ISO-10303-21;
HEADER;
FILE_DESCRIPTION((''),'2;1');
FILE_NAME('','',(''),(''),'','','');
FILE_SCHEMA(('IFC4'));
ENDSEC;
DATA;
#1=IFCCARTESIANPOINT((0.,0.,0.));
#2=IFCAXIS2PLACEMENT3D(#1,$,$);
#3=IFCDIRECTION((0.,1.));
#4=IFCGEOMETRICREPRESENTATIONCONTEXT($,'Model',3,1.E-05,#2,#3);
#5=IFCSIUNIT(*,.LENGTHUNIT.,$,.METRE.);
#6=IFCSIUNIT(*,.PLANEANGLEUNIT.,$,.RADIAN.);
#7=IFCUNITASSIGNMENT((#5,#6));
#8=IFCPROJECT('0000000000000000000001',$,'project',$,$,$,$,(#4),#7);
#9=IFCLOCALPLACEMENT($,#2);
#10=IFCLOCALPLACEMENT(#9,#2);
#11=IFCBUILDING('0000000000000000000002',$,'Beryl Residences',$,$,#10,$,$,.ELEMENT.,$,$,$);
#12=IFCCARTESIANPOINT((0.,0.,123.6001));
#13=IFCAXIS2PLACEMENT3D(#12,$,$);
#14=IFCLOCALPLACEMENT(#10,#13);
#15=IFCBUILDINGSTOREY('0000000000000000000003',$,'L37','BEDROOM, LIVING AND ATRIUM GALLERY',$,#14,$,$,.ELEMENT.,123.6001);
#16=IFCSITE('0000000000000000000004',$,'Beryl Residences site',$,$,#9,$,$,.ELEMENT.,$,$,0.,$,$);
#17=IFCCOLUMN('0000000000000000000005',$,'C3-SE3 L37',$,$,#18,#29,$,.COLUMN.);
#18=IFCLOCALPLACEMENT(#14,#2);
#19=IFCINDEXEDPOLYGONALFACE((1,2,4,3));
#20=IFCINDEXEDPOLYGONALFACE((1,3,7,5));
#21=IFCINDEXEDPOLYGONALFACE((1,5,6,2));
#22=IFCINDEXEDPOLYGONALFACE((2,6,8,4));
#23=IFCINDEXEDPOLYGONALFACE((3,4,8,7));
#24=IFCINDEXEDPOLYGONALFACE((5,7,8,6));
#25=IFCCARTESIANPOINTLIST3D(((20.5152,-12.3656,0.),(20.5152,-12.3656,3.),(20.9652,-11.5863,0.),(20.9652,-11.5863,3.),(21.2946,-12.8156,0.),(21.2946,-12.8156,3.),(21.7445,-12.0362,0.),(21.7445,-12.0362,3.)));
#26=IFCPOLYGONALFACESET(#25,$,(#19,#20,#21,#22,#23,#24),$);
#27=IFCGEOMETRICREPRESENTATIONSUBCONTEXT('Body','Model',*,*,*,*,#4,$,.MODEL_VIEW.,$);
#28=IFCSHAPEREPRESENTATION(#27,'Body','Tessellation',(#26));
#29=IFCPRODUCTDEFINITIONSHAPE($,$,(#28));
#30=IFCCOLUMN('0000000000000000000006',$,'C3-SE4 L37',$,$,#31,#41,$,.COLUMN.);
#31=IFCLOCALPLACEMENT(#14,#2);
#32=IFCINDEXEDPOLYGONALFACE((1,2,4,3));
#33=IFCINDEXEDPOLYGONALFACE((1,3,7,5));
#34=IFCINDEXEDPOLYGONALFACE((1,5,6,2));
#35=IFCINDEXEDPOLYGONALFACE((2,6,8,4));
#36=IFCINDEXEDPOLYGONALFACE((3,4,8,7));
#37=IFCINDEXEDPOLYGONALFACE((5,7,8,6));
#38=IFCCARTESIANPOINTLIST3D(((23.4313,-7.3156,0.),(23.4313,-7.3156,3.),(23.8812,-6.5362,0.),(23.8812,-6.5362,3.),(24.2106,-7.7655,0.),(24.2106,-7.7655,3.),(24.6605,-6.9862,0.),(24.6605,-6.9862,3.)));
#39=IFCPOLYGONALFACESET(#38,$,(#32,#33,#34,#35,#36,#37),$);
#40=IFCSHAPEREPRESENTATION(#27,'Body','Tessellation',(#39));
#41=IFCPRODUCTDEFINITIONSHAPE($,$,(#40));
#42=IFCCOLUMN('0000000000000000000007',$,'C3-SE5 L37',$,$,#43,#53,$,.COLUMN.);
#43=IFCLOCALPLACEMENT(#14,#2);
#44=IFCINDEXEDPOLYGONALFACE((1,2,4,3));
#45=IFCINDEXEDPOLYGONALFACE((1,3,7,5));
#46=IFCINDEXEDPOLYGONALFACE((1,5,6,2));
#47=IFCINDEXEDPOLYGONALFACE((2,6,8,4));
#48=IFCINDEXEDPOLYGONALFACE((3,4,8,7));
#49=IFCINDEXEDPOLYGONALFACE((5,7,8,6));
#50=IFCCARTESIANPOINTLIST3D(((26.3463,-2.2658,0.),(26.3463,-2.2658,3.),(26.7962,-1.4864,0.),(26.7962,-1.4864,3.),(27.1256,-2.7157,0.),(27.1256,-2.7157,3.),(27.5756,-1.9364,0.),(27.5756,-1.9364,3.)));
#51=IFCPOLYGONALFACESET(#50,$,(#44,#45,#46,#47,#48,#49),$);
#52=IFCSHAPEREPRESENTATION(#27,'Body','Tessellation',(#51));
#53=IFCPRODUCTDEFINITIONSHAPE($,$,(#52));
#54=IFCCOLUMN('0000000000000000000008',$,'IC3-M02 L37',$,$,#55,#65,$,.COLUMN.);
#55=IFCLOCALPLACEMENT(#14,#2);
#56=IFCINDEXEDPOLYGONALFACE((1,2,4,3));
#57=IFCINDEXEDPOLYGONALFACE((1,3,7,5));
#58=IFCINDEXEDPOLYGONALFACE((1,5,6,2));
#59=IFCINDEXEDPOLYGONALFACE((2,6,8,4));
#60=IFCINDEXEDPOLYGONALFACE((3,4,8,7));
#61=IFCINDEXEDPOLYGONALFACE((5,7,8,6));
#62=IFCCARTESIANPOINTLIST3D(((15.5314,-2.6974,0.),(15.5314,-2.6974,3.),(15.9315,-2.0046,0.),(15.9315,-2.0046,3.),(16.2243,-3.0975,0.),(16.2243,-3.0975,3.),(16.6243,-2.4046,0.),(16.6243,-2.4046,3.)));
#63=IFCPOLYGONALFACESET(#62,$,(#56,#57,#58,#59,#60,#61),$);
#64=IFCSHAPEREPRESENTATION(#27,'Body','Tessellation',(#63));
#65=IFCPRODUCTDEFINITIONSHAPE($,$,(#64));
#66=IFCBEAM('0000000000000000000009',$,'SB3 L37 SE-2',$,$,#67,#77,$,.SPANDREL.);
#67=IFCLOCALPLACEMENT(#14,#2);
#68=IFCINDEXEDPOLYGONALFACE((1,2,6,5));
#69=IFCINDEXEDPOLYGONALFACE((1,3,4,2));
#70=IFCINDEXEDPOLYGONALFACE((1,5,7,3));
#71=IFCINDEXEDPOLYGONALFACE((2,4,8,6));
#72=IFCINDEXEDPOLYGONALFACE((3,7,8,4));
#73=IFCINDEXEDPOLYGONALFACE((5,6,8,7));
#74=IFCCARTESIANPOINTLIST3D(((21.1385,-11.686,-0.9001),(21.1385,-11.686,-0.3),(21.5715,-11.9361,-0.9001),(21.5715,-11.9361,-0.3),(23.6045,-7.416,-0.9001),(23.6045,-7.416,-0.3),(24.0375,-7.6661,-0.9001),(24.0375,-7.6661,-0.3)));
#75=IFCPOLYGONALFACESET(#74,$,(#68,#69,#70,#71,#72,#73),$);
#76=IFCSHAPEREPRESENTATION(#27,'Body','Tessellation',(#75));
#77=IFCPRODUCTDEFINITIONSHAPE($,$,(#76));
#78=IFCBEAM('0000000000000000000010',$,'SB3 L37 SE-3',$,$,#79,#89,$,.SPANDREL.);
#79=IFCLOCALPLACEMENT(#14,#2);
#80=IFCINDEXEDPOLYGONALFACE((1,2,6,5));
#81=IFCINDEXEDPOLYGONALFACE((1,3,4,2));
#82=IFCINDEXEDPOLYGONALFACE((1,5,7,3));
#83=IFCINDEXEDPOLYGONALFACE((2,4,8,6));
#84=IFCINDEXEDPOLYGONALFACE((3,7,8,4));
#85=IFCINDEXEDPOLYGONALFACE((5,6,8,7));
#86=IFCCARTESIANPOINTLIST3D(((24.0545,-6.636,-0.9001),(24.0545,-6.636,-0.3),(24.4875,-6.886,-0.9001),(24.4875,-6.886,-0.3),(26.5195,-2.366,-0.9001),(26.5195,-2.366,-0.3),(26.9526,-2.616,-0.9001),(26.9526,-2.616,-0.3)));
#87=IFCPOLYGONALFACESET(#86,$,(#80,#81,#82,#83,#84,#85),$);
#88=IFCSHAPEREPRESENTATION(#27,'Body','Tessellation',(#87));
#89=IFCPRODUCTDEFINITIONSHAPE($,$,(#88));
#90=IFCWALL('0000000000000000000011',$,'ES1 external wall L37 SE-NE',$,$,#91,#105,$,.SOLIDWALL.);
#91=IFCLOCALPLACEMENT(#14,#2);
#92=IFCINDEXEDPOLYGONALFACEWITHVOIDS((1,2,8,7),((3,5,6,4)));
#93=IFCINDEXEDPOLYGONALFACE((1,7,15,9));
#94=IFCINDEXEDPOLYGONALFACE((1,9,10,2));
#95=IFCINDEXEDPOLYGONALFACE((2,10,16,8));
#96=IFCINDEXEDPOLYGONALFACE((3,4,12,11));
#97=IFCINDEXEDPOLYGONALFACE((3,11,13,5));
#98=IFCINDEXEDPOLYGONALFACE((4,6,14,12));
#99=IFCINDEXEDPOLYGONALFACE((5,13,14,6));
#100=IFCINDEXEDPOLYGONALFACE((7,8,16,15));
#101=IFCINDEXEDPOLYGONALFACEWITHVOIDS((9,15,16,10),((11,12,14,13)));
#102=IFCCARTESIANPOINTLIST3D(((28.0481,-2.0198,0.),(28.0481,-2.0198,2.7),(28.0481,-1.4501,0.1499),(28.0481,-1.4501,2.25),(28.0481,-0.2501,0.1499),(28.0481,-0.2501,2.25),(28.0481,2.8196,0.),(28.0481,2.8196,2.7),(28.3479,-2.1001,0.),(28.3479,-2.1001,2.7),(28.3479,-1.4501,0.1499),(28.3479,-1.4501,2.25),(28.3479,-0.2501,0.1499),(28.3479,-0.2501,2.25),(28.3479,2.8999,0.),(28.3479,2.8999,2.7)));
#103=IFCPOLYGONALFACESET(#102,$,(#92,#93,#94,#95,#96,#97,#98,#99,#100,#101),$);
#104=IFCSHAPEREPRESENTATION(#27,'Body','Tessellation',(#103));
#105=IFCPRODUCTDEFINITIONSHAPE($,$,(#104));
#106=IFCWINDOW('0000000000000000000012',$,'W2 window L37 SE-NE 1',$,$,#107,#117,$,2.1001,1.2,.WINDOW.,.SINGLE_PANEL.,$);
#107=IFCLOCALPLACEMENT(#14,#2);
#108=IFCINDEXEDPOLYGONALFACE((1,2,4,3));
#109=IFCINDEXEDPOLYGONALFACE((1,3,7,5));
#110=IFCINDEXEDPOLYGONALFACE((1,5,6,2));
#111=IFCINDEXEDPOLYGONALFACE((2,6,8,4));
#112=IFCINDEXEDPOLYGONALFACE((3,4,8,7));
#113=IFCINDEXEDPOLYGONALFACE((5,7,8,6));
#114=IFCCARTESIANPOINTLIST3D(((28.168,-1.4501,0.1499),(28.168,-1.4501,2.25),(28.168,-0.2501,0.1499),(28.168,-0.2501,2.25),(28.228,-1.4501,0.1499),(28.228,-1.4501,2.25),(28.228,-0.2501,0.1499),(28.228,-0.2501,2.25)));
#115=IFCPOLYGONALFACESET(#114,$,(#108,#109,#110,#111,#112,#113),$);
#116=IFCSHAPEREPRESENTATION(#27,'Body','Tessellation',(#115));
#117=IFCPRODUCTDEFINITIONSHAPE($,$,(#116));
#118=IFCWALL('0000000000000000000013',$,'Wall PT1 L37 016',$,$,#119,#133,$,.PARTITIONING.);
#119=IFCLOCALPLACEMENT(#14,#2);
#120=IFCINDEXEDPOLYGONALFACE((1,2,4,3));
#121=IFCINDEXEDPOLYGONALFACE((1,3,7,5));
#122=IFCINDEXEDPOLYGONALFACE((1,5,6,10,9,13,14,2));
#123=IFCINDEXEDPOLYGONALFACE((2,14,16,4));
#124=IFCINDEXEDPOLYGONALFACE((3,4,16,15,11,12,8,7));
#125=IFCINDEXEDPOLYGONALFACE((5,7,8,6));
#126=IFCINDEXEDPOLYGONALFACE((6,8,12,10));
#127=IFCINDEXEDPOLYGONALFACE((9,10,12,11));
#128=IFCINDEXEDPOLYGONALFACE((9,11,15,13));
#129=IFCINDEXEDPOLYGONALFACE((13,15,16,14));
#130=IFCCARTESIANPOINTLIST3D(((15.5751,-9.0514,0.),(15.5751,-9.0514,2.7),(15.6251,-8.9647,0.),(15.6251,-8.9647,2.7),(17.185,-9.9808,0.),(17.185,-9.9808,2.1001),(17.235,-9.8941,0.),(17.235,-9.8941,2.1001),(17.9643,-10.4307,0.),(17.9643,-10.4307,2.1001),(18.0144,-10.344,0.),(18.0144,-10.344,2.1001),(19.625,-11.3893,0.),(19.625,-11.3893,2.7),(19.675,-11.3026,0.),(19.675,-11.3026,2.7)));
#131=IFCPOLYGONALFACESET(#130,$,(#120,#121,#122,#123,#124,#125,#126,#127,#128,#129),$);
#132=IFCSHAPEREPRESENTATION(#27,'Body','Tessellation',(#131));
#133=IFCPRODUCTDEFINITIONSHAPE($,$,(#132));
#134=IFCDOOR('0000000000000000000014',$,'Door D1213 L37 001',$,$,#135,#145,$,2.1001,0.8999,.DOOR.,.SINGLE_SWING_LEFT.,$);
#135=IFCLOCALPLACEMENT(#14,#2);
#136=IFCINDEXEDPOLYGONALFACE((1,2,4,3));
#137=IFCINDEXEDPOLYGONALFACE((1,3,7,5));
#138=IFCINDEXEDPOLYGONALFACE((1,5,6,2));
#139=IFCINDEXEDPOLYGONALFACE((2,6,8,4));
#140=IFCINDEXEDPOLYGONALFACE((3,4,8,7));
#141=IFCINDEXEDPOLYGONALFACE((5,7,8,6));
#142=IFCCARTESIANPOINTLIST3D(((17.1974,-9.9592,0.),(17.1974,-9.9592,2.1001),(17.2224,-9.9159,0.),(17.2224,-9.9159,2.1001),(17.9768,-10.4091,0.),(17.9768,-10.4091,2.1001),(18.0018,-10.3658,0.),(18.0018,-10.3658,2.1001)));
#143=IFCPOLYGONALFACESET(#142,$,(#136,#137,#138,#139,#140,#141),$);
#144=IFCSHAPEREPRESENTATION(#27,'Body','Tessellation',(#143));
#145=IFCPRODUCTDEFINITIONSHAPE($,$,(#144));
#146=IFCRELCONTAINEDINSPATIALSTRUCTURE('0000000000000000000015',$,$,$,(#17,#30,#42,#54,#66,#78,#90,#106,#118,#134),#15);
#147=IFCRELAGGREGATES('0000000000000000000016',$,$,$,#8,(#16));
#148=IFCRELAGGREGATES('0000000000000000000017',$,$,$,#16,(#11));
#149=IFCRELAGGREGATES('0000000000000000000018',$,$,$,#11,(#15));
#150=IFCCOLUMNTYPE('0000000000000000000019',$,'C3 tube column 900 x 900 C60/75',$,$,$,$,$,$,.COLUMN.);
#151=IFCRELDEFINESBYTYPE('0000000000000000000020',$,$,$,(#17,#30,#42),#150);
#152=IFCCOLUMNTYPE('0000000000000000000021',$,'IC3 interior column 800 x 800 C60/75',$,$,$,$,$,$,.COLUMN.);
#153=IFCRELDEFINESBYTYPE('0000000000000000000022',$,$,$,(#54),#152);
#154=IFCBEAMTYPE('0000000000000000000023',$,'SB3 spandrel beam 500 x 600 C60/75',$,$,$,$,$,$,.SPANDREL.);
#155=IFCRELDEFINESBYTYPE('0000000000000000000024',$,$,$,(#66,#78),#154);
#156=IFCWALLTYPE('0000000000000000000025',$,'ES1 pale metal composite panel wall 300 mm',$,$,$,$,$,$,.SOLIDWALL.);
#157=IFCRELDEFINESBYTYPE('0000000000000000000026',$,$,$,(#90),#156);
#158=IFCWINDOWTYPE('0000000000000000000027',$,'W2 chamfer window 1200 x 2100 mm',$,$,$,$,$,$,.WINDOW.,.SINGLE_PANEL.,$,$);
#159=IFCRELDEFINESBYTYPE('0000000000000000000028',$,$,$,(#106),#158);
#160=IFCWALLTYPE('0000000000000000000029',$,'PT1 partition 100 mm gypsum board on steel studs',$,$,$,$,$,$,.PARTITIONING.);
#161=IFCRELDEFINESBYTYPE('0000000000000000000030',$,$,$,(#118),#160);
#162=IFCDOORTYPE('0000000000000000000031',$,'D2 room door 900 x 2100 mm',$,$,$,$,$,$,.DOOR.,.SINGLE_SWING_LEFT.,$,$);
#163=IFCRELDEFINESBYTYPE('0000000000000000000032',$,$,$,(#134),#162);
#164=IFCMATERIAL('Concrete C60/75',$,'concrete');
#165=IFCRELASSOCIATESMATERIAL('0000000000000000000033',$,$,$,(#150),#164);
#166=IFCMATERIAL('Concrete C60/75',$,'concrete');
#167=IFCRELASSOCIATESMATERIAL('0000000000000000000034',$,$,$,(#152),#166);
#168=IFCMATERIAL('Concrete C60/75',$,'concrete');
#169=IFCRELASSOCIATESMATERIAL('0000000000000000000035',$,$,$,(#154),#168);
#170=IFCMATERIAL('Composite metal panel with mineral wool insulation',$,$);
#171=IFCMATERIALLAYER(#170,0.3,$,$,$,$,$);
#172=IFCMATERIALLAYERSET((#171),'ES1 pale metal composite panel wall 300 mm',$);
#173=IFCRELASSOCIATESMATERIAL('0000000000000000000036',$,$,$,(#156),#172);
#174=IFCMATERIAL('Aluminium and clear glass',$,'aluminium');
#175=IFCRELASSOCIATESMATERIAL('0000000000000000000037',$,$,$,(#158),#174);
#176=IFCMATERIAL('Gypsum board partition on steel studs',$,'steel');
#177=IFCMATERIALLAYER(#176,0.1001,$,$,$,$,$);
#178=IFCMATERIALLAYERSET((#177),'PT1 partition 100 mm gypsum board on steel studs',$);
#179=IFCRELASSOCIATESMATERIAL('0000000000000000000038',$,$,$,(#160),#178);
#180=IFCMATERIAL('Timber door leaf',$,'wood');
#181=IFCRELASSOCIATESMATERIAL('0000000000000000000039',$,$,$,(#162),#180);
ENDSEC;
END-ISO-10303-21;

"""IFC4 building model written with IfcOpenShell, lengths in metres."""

from ifc_helpers import new_model, si_unit, direction, frame, frame_2d, origin, origin_2d, place, context, subcontext, project, spatial, polyline, rectangle, outline, extrude, material, layer, layer_set, material_profile, profile_set, type_object, element, fill, save


model = new_model("IFC4")

# Units and contexts
model_context = context("Model", 3, precision=1e-05, world=origin(), true_north=direction((0.0, 1.0)))
body_context = subcontext(model_context, "Body", "Model", "MODEL_VIEW")
ifc_project = project(units=[si_unit("LENGTHUNIT", "METRE"), si_unit("PLANEANGLEUNIT", "RADIAN")], contexts=[model_context])

# Site, building, storey
site_placement = place(None, origin())
site = spatial("IfcSite", under=ifc_project, at=site_placement, Name="Beryl Residences site", CompositionType="ELEMENT", RefElevation=0.0)
building_placement = place(site_placement, origin())
building = spatial("IfcBuilding", under=site, at=building_placement, Name="Beryl Residences", CompositionType="ELEMENT")
storey_placement = place(building_placement, frame((0.0, 0.0, 123.6001)))
storey = spatial("IfcBuildingStorey", under=building, at=storey_placement, Name="L37", Description="BEDROOM, LIVING AND ATRIUM GALLERY", CompositionType="ELEMENT", Elevation=123.6001)

# Columns
ifc_material_1 = material(Name="Concrete C60/75", Category="concrete")
ifc_material_profile_1 = material_profile(ifc_material_1, rectangle(XDim=0.8999, YDim=0.8999, at=origin_2d()))
ifc_profile_set_1 = profile_set([ifc_material_profile_1], Name="Concrete C60/75")
column_type_1 = type_object("IfcColumnType", Name="C3 tube column 900 x 900 C60/75", PredefinedType="COLUMN", material=ifc_profile_set_1)
for number, where, z_axis, x_axis, name in (
    (1, (21.1299, -12.2009, 0.0), (0.0, 0.0, 1.0), (0.5, 0.866025, 0.0), "C3-SE3 L37"),
    (2, (24.0459, -7.1509, 0.0), (0.0, 0.0, 1.0), (0.5, 0.866025, 0.0), "C3-SE4 L37"),
    (3, (26.9609, -2.1011, 0.0), (0.0, 0.0, 1.0), (0.5, 0.866025, 0.0), "C3-SE5 L37"),
):
    element("IfcColumn", number, at=place(storey_placement, frame(where, z_axis=z_axis, x_axis=x_axis)), inside=storey, type_object=column_type_1, Name=name, PredefinedType="COLUMN", context=body_context, shape_type="SweptSolid", body=[
        extrude(rectangle(XDim=0.8999, YDim=0.8999, at=origin_2d()), origin(), (0.0, 0.0, 1.0), 3.0),
    ])
ifc_material_2 = material(Name="Concrete C60/75", Category="concrete")
ifc_material_profile_2 = material_profile(ifc_material_2, rectangle(XDim=0.8, YDim=0.8, at=origin_2d()))
ifc_profile_set_2 = profile_set([ifc_material_profile_2], Name="Concrete C60/75")
column_type_2 = type_object("IfcColumnType", Name="IC3 interior column 800 x 800 C60/75", PredefinedType="COLUMN", material=ifc_profile_set_2)
column_placement = place(storey_placement, frame((16.0779, -2.551, 0.0), z_axis=(0.0, 0.0, 1.0), x_axis=(0.5, 0.866025, 0.0)))
element("IfcColumn", 4, at=column_placement, inside=storey, type_object=column_type_2, Name="IC3-M02 L37", PredefinedType="COLUMN", context=body_context, shape_type="SweptSolid", body=[
    extrude(rectangle(XDim=0.8, YDim=0.8, at=origin_2d()), origin(), (0.0, 0.0, 1.0), 3.0),
])

# Beams
ifc_material_3 = material(Name="Concrete C60/75", Category="concrete")
ifc_material_profile_3 = material_profile(ifc_material_3, rectangle(XDim=0.5, YDim=0.6001, at=origin_2d()))
ifc_profile_set_3 = profile_set([ifc_material_profile_3], Name="Concrete C60/75")
beam_type = type_object("IfcBeamType", Name="SB3 spandrel beam 500 x 600 C60/75", PredefinedType="SPANDREL", material=ifc_profile_set_3)
beam_1_placement = place(storey_placement, frame((21.355, -11.811, -0.6001), z_axis=(0.500117, 0.865958, 0.0), x_axis=(-0.865958, 0.500117, 0.0)))
element("IfcBeam", 5, at=beam_1_placement, inside=storey, type_object=beam_type, Name="SB3 L37 SE-2", PredefinedType="SPANDREL", context=body_context, shape_type="SweptSolid", body=[
    extrude(rectangle(XDim=0.5, YDim=0.6001, at=origin_2d()), origin(), (0.0, 0.0, 1.0), 4.9309),
])
beam_2_placement = place(storey_placement, frame((24.271, -6.761, -0.6001), z_axis=(0.499968, 0.866044, 0.0), x_axis=(-0.866044, 0.499968, 0.0)))
element("IfcBeam", 6, at=beam_2_placement, inside=storey, type_object=beam_type, Name="SB3 L37 SE-3", PredefinedType="SPANDREL", context=body_context, shape_type="SweptSolid", body=[
    extrude(rectangle(XDim=0.5, YDim=0.6001, at=origin_2d()), origin(), (0.0, 0.0, 1.0), 4.9304),
])

# Wall, opening, window
ifc_material_4 = material(Name="Composite metal panel with mineral wool insulation")
ifc_layer_1 = layer(ifc_material_4, 0.3)
ifc_layer_set_1 = layer_set([ifc_layer_1], Name="ES1 pale metal composite panel wall 300 mm")
wall_type_1 = type_object("IfcWallType", Name="ES1 pale metal composite panel wall 300 mm", PredefinedType="SOLIDWALL", material=ifc_layer_set_1)
wall_1_placement = place(storey_placement, frame((28.198, -2.1001, 0.0), z_axis=(0.0, 0.0, 1.0), x_axis=(0.0, 1.0, 0.0)))
wall_1 = element("IfcWall", 7, at=wall_1_placement, inside=storey, type_object=wall_type_1, Name="ES1 external wall L37 SE-NE", PredefinedType="SOLIDWALL", context=body_context, shape_type="SweptSolid", body=[
    extrude(outline(polyline([(0.0, -0.1499), (5.0, -0.1499), (4.9197, 0.1499), (0.0803, 0.1499), (0.0, -0.1499)])), origin(), (0.0, 0.0, 1.0), 2.7),
])
opening_1_placement = place(wall_1_placement, frame((0.6499, 0.0, 0.1499)))
opening_1 = element("IfcOpeningElement", 8, at=opening_1_placement, cuts=wall_1, PredefinedType="OPENING", context=body_context, shape_type="SweptSolid", body=[
    extrude(rectangle(XDim=1.2, YDim=2.1001, at=frame_2d((0.6001, 1.05))), frame((0.0, 0.1599, 0.0), z_axis=(0.0, -1.0, 0.0), x_axis=(1.0, 0.0, 0.0)), (0.0, 0.0, 1.0), 0.3201),
])
ifc_material_5 = material(Name="Aluminium and clear glass", Category="aluminium")
window_type = type_object("IfcWindowType", Name="W2 chamfer window 1200 x 2100 mm", PartitioningType="SINGLE_PANEL", PredefinedType="WINDOW", material=ifc_material_5)
window_placement = place(opening_1_placement, origin())
window = element("IfcWindow", 9, at=window_placement, inside=storey, type_object=window_type, Name="W2 window L37 SE-NE 1", OverallHeight=2.1001, OverallWidth=1.2, PartitioningType="SINGLE_PANEL", PredefinedType="WINDOW", context=body_context, shape_type="SweptSolid", body=[
    extrude(rectangle(XDim=1.2, YDim=2.1001, at=frame_2d((0.6001, 1.05))), frame((0.0, 0.03, 0.0), z_axis=(0.0, -1.0, 0.0), x_axis=(1.0, 0.0, 0.0)), (0.0, 0.0, 1.0), 0.0601),
])
fill(opening_1, window)

# Wall, opening, door
ifc_material_6 = material(Name="Gypsum board partition on steel studs", Category="steel")
ifc_layer_2 = layer(ifc_material_6, 0.1001)
ifc_layer_set_2 = layer_set([ifc_layer_2], Name="PT1 partition 100 mm gypsum board on steel studs")
wall_type_2 = type_object("IfcWallType", Name="PT1 partition 100 mm gypsum board on steel studs", PredefinedType="PARTITIONING", material=ifc_layer_set_2)
wall_2_placement = place(storey_placement, frame((15.6001, -9.0081, 0.0), z_axis=(0.0, 0.0, 1.0), x_axis=(0.86605, -0.499957, 0.0)))
wall_2 = element("IfcWall", 10, at=wall_2_placement, inside=storey, type_object=wall_type_2, Name="Wall PT1 L37 016", PredefinedType="PARTITIONING", context=body_context, shape_type="SweptSolid", body=[
    extrude(rectangle(XDim=4.6763, YDim=0.1001, at=frame_2d((2.3381, 0.0))), origin(), (0.0, 0.0, 1.0), 2.7),
])
opening_2_placement = place(wall_2_placement, frame((1.8589, 0.0, 0.0)))
opening_2 = element("IfcOpeningElement", 11, at=opening_2_placement, cuts=wall_2, PredefinedType="OPENING", context=body_context, shape_type="SweptSolid", body=[
    extrude(rectangle(XDim=0.8999, YDim=2.1001, at=frame_2d((0.45, 1.05))), frame((0.0, 0.0601, 0.0), z_axis=(0.0, -1.0, 0.0), x_axis=(1.0, 0.0, 0.0)), (0.0, 0.0, 1.0), 0.1201),
])
ifc_material_7 = material(Name="Timber door leaf", Category="wood")
door_type_1 = type_object("IfcDoorType", Name="D2 room door 900 x 2100 mm", OperationType="SINGLE_SWING_LEFT", PredefinedType="DOOR", material=ifc_material_7)
door_1_placement = place(opening_2_placement, origin())
door_1 = element("IfcDoor", 12, at=door_1_placement, inside=storey, type_object=door_type_1, Name="Door D1213 L37 001", OperationType="SINGLE_SWING_LEFT", OverallHeight=2.1001, OverallWidth=0.8999, PredefinedType="DOOR", context=body_context, shape_type="SweptSolid", body=[
    extrude(rectangle(XDim=0.8999, YDim=2.1001, at=frame_2d((0.45, 1.05))), frame((0.0, 0.0249, 0.0), z_axis=(0.0, -1.0, 0.0), x_axis=(1.0, 0.0, 0.0)), (0.0, 0.0, 1.0), 0.05),
])
fill(opening_2, door_1)

save(model, "model.ifc")
